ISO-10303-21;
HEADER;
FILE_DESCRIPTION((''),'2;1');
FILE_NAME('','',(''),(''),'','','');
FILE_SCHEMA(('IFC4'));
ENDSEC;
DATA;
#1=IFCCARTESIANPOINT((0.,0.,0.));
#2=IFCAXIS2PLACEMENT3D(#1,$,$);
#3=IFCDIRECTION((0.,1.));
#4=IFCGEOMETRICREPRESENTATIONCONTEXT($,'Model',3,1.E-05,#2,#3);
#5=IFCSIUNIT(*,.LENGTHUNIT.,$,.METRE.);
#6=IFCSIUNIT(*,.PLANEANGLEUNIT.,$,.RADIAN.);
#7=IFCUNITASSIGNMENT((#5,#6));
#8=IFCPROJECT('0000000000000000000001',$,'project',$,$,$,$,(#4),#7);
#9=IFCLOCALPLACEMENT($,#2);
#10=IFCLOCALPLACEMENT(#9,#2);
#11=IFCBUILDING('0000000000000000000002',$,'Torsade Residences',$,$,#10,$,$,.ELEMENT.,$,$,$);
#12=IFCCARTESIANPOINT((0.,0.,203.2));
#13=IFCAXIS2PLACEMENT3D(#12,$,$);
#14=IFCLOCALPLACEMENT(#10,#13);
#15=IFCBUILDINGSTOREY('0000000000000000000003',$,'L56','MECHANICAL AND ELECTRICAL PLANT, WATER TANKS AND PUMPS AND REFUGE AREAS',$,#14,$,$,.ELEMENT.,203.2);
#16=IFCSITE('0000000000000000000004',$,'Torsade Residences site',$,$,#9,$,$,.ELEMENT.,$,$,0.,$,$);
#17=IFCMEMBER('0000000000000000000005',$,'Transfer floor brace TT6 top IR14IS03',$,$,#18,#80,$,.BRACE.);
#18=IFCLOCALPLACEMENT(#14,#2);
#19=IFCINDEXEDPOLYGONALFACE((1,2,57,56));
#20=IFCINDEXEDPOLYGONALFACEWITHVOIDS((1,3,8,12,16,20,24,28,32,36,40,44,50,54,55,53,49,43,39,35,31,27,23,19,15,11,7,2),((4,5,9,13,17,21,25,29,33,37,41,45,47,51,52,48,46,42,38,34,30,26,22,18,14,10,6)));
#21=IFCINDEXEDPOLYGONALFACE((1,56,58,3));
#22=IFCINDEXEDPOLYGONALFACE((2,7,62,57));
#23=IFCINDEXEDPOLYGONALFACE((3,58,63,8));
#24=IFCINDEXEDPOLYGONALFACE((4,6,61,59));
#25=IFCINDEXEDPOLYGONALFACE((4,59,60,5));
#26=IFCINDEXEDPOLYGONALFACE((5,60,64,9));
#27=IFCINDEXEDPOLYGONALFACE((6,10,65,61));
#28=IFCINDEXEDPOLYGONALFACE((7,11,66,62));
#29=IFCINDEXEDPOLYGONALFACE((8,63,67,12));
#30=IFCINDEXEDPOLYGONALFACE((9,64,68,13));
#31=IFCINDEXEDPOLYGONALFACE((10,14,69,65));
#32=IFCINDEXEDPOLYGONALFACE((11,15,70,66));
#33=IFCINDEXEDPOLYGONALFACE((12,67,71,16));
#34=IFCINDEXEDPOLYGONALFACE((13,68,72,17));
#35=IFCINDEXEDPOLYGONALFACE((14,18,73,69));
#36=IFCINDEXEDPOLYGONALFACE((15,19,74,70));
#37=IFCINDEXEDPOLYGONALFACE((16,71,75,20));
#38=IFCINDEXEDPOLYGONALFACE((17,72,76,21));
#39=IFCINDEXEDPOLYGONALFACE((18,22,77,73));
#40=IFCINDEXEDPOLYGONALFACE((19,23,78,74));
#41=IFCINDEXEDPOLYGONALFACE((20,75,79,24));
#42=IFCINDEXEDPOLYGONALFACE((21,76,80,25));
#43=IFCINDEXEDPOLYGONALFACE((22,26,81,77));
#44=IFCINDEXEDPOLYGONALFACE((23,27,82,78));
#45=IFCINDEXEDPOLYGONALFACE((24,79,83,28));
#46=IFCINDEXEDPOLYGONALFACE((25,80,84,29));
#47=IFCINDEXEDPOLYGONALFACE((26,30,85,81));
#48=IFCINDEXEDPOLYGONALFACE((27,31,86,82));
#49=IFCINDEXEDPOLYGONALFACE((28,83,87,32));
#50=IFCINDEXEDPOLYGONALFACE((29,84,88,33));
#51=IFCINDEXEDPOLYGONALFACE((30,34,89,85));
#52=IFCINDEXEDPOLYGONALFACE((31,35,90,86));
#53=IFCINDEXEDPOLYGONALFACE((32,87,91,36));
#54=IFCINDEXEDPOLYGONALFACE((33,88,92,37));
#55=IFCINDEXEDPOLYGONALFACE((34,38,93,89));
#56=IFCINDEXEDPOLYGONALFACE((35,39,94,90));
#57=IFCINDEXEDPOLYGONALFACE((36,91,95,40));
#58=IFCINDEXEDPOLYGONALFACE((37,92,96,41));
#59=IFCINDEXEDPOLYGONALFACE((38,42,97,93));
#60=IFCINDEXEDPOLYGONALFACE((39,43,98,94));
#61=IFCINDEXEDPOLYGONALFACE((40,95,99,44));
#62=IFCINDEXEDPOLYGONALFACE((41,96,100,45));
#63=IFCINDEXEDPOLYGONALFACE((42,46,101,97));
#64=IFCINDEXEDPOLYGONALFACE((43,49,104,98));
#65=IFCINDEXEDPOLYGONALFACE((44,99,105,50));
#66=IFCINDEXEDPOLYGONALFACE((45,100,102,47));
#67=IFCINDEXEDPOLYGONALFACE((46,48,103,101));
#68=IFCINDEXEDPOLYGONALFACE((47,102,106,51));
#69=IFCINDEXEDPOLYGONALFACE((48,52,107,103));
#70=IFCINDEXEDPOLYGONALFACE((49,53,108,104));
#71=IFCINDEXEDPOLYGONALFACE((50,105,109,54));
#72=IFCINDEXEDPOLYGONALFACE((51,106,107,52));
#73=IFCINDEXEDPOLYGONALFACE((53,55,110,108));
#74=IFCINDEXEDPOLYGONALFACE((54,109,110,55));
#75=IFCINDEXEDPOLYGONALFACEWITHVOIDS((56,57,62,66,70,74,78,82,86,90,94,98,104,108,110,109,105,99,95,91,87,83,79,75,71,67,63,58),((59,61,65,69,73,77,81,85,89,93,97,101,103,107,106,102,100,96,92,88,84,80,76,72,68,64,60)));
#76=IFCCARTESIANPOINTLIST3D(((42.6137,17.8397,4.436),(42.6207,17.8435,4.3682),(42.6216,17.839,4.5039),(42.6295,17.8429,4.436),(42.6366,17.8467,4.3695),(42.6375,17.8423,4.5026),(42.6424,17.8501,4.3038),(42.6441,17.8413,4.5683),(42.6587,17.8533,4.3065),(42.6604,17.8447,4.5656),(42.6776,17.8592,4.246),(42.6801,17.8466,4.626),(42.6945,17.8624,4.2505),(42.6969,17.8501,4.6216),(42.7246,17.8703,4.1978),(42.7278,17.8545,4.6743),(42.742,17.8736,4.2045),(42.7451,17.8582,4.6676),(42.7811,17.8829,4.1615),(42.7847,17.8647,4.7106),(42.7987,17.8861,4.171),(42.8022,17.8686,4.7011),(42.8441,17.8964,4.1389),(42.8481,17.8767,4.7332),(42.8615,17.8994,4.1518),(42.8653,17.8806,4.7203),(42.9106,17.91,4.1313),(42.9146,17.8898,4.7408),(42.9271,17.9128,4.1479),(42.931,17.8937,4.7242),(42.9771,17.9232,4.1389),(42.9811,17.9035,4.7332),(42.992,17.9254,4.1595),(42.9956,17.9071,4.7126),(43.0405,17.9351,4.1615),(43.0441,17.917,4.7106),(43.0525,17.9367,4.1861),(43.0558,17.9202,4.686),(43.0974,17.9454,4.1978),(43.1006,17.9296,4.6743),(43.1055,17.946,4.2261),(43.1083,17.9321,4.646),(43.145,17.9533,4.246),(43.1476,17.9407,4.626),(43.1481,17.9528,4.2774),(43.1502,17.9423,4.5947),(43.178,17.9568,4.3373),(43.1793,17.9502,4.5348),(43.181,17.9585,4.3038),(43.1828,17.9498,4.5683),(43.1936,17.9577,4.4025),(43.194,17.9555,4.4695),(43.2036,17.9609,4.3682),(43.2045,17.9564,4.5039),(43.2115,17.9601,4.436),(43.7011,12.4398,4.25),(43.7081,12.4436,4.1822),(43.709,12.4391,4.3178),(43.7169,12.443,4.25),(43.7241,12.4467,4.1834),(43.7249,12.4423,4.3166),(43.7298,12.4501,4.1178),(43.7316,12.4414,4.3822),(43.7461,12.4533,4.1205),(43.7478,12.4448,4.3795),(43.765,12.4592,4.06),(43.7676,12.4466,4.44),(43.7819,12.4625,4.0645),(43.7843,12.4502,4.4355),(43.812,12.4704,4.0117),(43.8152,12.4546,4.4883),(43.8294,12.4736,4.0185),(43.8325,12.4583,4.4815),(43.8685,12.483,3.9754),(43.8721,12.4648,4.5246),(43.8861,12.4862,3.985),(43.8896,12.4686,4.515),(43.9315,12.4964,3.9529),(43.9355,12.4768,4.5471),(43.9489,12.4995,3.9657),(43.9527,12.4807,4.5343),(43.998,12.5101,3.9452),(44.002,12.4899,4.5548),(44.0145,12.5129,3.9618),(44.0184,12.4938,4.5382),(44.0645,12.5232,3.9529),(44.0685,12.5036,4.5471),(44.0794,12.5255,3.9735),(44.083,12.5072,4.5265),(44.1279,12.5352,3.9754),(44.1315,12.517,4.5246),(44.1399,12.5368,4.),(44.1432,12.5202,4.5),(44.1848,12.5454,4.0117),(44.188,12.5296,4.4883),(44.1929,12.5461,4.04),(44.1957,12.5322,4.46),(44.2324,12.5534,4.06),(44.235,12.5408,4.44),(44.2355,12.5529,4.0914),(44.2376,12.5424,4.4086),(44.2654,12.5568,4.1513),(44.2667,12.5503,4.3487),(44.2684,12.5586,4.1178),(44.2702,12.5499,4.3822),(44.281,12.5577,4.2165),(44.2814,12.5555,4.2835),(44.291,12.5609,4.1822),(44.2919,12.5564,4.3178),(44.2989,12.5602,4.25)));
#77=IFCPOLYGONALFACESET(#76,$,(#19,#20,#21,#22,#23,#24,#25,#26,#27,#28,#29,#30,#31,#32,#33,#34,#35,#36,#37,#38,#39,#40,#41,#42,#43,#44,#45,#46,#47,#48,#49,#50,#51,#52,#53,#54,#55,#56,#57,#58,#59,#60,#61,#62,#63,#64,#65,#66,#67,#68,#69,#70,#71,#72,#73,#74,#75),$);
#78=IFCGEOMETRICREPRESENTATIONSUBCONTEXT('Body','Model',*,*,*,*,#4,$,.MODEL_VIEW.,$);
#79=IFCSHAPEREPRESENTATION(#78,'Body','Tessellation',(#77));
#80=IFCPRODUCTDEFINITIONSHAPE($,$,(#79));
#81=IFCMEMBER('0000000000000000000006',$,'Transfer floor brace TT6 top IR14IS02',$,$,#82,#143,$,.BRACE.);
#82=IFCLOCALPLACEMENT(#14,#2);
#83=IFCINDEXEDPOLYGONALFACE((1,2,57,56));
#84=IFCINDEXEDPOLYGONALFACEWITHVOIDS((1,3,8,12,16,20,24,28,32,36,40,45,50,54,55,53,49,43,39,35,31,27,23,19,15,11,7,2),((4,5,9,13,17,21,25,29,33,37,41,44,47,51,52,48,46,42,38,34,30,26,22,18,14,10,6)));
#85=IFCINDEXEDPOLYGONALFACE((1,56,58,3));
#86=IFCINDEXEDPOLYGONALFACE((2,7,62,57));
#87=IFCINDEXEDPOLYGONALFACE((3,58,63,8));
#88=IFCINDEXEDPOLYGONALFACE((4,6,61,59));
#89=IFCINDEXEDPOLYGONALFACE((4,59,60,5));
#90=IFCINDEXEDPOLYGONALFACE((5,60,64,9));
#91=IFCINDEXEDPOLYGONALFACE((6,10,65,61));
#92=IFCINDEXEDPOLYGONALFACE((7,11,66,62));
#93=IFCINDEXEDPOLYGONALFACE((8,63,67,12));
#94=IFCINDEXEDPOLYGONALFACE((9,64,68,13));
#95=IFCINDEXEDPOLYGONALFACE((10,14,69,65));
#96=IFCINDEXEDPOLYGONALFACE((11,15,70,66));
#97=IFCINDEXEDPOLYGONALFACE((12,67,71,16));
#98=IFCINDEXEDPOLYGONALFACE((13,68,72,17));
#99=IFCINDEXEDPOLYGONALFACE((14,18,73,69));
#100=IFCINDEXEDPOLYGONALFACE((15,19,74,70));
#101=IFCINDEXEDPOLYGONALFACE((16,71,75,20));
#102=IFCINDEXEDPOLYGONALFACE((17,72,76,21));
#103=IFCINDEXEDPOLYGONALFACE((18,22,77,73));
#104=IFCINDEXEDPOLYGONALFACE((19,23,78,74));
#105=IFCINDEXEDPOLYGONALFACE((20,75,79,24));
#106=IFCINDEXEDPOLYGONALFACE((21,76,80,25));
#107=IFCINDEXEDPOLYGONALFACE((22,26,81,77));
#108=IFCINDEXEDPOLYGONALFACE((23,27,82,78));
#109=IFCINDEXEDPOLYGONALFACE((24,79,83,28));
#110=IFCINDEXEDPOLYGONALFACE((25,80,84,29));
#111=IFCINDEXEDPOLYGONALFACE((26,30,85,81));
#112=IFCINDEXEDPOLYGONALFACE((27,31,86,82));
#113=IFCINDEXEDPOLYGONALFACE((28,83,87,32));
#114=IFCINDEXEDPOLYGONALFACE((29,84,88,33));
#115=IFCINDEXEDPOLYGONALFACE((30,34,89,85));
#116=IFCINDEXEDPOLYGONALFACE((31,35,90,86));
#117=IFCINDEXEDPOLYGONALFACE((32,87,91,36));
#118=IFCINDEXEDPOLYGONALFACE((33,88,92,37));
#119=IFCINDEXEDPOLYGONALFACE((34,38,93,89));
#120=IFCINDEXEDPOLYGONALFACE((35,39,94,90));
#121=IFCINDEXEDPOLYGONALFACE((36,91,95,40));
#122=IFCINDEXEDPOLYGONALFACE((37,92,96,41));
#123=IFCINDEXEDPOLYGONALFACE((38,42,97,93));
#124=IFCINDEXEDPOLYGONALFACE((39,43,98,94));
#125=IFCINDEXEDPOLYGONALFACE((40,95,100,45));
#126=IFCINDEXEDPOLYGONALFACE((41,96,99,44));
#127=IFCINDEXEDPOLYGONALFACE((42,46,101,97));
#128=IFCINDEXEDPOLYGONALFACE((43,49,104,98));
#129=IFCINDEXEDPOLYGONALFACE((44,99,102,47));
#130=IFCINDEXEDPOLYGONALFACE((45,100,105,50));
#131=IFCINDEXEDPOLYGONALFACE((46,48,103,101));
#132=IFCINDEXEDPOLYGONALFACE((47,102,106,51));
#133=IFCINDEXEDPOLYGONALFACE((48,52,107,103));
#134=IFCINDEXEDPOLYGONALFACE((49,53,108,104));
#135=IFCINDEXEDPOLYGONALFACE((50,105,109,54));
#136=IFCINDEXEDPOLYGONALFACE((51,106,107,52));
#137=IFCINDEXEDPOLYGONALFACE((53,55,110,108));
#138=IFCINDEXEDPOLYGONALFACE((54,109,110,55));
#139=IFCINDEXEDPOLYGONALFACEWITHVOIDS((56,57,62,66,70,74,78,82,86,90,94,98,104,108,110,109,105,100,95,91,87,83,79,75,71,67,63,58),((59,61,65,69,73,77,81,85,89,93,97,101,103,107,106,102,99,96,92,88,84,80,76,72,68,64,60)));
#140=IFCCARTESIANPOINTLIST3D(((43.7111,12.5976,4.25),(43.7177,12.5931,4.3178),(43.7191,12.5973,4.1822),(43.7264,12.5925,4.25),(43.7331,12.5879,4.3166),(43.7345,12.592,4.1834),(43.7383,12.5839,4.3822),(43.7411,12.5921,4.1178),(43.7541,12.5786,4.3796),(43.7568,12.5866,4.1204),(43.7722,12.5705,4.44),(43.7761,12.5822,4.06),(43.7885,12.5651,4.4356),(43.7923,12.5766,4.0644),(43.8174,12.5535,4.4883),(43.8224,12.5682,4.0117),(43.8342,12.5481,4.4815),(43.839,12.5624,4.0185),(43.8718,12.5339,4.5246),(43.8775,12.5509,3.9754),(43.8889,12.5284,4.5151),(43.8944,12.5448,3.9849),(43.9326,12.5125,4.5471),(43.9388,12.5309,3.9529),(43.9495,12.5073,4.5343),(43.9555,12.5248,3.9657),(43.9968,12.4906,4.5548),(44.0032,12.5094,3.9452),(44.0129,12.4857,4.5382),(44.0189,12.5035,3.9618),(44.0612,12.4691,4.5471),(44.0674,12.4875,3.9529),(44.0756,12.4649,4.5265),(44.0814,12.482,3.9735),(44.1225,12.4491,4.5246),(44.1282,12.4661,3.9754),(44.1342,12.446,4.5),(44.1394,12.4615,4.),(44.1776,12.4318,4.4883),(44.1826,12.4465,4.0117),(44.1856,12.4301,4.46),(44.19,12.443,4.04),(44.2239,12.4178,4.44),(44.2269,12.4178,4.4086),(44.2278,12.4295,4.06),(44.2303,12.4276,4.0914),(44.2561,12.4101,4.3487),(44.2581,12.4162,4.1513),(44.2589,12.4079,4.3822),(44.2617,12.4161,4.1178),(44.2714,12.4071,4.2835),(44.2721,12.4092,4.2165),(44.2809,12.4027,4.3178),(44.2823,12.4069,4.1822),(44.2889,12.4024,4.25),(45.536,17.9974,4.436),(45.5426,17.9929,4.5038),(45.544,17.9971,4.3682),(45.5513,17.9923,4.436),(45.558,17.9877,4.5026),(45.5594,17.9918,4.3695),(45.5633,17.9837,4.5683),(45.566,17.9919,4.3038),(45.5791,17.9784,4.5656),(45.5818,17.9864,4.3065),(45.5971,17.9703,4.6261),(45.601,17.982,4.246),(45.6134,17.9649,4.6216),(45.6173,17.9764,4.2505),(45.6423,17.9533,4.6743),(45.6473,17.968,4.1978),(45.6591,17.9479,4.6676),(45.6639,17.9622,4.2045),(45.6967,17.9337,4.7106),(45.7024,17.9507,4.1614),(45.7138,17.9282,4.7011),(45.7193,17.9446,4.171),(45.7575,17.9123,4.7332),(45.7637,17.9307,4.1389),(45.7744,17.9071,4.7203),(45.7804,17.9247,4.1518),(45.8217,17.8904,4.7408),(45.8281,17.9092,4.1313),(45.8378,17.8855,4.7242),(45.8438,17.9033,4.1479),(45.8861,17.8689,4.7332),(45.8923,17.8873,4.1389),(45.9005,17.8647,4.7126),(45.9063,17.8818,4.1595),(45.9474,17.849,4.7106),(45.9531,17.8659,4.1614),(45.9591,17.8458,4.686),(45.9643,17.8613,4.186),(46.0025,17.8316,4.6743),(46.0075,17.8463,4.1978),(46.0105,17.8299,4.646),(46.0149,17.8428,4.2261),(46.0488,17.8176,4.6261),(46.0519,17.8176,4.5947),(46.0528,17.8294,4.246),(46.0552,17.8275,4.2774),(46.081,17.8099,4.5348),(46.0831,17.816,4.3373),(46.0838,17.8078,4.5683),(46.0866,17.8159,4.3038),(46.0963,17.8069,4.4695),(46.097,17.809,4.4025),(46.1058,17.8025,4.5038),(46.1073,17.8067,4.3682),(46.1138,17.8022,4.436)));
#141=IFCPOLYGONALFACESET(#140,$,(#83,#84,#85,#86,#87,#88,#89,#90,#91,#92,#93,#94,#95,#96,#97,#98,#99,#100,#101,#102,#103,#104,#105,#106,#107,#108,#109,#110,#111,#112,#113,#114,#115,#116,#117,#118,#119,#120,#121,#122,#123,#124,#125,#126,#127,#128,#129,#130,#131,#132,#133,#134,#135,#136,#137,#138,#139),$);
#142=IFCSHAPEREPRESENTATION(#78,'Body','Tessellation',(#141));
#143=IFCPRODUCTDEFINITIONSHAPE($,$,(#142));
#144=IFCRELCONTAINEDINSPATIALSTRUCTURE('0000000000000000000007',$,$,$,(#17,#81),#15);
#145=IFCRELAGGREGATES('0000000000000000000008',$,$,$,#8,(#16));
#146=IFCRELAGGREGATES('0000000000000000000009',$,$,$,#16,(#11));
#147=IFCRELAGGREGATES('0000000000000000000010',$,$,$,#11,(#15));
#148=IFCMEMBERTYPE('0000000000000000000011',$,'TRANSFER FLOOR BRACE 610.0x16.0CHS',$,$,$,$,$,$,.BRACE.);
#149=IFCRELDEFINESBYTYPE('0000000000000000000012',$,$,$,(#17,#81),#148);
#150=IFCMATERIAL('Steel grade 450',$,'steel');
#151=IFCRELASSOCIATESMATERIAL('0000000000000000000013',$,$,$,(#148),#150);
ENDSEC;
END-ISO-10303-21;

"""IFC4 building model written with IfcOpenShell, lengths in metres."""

from ifc_helpers import new_model, si_unit, direction, frame, origin, origin_2d, place, context, subcontext, project, spatial, hollow_circle, extrude, material, material_profile, profile_set, type_object, element, save


model = new_model("IFC4")

# Units and contexts
model_context = context("Model", 3, precision=1e-05, world=origin(), true_north=direction((0.0, 1.0)))
body_context = subcontext(model_context, "Body", "Model", "MODEL_VIEW")
ifc_project = project(units=[si_unit("LENGTHUNIT", "METRE"), si_unit("PLANEANGLEUNIT", "RADIAN")], contexts=[model_context])

# Site, building, storey
site_placement = place(None, origin())
site = spatial("IfcSite", under=ifc_project, at=site_placement, Name="Torsade Residences site", CompositionType="ELEMENT", RefElevation=0.0)
building_placement = place(site_placement, origin())
building = spatial("IfcBuilding", under=site, at=building_placement, Name="Torsade Residences", CompositionType="ELEMENT")
storey_placement = place(building_placement, frame((0.0, 0.0, 203.2)))
storey = spatial("IfcBuildingStorey", under=building, at=storey_placement, Name="L56", Description="MECHANICAL AND ELECTRICAL PLANT, WATER TANKS AND PUMPS AND REFUGE AREAS", CompositionType="ELEMENT", Elevation=203.2)

# Members
ifc_material_1 = material(Name="Steel grade 450", Category="steel")
ifc_material_profile_1 = material_profile(ifc_material_1, hollow_circle(Radius=0.3049, WallThickness=0.0161, at=origin_2d()), Name="610.0x16.0CHS")
ifc_profile_set_1 = profile_set([ifc_material_profile_1], Name="Steel grade 450")
member_type_1 = type_object("IfcMemberType", Name="TRANSFER FLOOR BRACE 610.0x16.0CHS", PredefinedType="BRACE", material=ifc_profile_set_1)
member_1_placement = place(storey_placement, frame((44.0, 12.5, 4.25), z_axis=(-0.197299, 0.979762, 0.033754), x_axis=(-0.980321, -0.197412, 0.0)))
element("IfcMember", 1, at=member_1_placement, inside=storey, type_object=member_type_1, Name="Transfer floor brace TT6 top IR14IS03", PredefinedType="BRACE", context=body_context, shape_type="SweptSolid", body=[
    extrude(hollow_circle(Radius=0.3049, WallThickness=0.0161, at=origin_2d()), origin(), (0.0, 0.0, 1.0), 5.5115),
])
member_2_placement = place(storey_placement, frame((44.0, 12.5, 4.25), z_axis=(0.319999, 0.946856, 0.032621), x_axis=(-0.94736, 0.32017, 0.0)))
element("IfcMember", 2, at=member_2_placement, inside=storey, type_object=member_type_1, Name="Transfer floor brace TT6 top IR14IS02", PredefinedType="BRACE", context=body_context, shape_type="SweptSolid", body=[
    extrude(hollow_circle(Radius=0.3049, WallThickness=0.0161, at=origin_2d()), origin(), (0.0, 0.0, 1.0), 5.7029),
])

save(model, "model.ifc")
